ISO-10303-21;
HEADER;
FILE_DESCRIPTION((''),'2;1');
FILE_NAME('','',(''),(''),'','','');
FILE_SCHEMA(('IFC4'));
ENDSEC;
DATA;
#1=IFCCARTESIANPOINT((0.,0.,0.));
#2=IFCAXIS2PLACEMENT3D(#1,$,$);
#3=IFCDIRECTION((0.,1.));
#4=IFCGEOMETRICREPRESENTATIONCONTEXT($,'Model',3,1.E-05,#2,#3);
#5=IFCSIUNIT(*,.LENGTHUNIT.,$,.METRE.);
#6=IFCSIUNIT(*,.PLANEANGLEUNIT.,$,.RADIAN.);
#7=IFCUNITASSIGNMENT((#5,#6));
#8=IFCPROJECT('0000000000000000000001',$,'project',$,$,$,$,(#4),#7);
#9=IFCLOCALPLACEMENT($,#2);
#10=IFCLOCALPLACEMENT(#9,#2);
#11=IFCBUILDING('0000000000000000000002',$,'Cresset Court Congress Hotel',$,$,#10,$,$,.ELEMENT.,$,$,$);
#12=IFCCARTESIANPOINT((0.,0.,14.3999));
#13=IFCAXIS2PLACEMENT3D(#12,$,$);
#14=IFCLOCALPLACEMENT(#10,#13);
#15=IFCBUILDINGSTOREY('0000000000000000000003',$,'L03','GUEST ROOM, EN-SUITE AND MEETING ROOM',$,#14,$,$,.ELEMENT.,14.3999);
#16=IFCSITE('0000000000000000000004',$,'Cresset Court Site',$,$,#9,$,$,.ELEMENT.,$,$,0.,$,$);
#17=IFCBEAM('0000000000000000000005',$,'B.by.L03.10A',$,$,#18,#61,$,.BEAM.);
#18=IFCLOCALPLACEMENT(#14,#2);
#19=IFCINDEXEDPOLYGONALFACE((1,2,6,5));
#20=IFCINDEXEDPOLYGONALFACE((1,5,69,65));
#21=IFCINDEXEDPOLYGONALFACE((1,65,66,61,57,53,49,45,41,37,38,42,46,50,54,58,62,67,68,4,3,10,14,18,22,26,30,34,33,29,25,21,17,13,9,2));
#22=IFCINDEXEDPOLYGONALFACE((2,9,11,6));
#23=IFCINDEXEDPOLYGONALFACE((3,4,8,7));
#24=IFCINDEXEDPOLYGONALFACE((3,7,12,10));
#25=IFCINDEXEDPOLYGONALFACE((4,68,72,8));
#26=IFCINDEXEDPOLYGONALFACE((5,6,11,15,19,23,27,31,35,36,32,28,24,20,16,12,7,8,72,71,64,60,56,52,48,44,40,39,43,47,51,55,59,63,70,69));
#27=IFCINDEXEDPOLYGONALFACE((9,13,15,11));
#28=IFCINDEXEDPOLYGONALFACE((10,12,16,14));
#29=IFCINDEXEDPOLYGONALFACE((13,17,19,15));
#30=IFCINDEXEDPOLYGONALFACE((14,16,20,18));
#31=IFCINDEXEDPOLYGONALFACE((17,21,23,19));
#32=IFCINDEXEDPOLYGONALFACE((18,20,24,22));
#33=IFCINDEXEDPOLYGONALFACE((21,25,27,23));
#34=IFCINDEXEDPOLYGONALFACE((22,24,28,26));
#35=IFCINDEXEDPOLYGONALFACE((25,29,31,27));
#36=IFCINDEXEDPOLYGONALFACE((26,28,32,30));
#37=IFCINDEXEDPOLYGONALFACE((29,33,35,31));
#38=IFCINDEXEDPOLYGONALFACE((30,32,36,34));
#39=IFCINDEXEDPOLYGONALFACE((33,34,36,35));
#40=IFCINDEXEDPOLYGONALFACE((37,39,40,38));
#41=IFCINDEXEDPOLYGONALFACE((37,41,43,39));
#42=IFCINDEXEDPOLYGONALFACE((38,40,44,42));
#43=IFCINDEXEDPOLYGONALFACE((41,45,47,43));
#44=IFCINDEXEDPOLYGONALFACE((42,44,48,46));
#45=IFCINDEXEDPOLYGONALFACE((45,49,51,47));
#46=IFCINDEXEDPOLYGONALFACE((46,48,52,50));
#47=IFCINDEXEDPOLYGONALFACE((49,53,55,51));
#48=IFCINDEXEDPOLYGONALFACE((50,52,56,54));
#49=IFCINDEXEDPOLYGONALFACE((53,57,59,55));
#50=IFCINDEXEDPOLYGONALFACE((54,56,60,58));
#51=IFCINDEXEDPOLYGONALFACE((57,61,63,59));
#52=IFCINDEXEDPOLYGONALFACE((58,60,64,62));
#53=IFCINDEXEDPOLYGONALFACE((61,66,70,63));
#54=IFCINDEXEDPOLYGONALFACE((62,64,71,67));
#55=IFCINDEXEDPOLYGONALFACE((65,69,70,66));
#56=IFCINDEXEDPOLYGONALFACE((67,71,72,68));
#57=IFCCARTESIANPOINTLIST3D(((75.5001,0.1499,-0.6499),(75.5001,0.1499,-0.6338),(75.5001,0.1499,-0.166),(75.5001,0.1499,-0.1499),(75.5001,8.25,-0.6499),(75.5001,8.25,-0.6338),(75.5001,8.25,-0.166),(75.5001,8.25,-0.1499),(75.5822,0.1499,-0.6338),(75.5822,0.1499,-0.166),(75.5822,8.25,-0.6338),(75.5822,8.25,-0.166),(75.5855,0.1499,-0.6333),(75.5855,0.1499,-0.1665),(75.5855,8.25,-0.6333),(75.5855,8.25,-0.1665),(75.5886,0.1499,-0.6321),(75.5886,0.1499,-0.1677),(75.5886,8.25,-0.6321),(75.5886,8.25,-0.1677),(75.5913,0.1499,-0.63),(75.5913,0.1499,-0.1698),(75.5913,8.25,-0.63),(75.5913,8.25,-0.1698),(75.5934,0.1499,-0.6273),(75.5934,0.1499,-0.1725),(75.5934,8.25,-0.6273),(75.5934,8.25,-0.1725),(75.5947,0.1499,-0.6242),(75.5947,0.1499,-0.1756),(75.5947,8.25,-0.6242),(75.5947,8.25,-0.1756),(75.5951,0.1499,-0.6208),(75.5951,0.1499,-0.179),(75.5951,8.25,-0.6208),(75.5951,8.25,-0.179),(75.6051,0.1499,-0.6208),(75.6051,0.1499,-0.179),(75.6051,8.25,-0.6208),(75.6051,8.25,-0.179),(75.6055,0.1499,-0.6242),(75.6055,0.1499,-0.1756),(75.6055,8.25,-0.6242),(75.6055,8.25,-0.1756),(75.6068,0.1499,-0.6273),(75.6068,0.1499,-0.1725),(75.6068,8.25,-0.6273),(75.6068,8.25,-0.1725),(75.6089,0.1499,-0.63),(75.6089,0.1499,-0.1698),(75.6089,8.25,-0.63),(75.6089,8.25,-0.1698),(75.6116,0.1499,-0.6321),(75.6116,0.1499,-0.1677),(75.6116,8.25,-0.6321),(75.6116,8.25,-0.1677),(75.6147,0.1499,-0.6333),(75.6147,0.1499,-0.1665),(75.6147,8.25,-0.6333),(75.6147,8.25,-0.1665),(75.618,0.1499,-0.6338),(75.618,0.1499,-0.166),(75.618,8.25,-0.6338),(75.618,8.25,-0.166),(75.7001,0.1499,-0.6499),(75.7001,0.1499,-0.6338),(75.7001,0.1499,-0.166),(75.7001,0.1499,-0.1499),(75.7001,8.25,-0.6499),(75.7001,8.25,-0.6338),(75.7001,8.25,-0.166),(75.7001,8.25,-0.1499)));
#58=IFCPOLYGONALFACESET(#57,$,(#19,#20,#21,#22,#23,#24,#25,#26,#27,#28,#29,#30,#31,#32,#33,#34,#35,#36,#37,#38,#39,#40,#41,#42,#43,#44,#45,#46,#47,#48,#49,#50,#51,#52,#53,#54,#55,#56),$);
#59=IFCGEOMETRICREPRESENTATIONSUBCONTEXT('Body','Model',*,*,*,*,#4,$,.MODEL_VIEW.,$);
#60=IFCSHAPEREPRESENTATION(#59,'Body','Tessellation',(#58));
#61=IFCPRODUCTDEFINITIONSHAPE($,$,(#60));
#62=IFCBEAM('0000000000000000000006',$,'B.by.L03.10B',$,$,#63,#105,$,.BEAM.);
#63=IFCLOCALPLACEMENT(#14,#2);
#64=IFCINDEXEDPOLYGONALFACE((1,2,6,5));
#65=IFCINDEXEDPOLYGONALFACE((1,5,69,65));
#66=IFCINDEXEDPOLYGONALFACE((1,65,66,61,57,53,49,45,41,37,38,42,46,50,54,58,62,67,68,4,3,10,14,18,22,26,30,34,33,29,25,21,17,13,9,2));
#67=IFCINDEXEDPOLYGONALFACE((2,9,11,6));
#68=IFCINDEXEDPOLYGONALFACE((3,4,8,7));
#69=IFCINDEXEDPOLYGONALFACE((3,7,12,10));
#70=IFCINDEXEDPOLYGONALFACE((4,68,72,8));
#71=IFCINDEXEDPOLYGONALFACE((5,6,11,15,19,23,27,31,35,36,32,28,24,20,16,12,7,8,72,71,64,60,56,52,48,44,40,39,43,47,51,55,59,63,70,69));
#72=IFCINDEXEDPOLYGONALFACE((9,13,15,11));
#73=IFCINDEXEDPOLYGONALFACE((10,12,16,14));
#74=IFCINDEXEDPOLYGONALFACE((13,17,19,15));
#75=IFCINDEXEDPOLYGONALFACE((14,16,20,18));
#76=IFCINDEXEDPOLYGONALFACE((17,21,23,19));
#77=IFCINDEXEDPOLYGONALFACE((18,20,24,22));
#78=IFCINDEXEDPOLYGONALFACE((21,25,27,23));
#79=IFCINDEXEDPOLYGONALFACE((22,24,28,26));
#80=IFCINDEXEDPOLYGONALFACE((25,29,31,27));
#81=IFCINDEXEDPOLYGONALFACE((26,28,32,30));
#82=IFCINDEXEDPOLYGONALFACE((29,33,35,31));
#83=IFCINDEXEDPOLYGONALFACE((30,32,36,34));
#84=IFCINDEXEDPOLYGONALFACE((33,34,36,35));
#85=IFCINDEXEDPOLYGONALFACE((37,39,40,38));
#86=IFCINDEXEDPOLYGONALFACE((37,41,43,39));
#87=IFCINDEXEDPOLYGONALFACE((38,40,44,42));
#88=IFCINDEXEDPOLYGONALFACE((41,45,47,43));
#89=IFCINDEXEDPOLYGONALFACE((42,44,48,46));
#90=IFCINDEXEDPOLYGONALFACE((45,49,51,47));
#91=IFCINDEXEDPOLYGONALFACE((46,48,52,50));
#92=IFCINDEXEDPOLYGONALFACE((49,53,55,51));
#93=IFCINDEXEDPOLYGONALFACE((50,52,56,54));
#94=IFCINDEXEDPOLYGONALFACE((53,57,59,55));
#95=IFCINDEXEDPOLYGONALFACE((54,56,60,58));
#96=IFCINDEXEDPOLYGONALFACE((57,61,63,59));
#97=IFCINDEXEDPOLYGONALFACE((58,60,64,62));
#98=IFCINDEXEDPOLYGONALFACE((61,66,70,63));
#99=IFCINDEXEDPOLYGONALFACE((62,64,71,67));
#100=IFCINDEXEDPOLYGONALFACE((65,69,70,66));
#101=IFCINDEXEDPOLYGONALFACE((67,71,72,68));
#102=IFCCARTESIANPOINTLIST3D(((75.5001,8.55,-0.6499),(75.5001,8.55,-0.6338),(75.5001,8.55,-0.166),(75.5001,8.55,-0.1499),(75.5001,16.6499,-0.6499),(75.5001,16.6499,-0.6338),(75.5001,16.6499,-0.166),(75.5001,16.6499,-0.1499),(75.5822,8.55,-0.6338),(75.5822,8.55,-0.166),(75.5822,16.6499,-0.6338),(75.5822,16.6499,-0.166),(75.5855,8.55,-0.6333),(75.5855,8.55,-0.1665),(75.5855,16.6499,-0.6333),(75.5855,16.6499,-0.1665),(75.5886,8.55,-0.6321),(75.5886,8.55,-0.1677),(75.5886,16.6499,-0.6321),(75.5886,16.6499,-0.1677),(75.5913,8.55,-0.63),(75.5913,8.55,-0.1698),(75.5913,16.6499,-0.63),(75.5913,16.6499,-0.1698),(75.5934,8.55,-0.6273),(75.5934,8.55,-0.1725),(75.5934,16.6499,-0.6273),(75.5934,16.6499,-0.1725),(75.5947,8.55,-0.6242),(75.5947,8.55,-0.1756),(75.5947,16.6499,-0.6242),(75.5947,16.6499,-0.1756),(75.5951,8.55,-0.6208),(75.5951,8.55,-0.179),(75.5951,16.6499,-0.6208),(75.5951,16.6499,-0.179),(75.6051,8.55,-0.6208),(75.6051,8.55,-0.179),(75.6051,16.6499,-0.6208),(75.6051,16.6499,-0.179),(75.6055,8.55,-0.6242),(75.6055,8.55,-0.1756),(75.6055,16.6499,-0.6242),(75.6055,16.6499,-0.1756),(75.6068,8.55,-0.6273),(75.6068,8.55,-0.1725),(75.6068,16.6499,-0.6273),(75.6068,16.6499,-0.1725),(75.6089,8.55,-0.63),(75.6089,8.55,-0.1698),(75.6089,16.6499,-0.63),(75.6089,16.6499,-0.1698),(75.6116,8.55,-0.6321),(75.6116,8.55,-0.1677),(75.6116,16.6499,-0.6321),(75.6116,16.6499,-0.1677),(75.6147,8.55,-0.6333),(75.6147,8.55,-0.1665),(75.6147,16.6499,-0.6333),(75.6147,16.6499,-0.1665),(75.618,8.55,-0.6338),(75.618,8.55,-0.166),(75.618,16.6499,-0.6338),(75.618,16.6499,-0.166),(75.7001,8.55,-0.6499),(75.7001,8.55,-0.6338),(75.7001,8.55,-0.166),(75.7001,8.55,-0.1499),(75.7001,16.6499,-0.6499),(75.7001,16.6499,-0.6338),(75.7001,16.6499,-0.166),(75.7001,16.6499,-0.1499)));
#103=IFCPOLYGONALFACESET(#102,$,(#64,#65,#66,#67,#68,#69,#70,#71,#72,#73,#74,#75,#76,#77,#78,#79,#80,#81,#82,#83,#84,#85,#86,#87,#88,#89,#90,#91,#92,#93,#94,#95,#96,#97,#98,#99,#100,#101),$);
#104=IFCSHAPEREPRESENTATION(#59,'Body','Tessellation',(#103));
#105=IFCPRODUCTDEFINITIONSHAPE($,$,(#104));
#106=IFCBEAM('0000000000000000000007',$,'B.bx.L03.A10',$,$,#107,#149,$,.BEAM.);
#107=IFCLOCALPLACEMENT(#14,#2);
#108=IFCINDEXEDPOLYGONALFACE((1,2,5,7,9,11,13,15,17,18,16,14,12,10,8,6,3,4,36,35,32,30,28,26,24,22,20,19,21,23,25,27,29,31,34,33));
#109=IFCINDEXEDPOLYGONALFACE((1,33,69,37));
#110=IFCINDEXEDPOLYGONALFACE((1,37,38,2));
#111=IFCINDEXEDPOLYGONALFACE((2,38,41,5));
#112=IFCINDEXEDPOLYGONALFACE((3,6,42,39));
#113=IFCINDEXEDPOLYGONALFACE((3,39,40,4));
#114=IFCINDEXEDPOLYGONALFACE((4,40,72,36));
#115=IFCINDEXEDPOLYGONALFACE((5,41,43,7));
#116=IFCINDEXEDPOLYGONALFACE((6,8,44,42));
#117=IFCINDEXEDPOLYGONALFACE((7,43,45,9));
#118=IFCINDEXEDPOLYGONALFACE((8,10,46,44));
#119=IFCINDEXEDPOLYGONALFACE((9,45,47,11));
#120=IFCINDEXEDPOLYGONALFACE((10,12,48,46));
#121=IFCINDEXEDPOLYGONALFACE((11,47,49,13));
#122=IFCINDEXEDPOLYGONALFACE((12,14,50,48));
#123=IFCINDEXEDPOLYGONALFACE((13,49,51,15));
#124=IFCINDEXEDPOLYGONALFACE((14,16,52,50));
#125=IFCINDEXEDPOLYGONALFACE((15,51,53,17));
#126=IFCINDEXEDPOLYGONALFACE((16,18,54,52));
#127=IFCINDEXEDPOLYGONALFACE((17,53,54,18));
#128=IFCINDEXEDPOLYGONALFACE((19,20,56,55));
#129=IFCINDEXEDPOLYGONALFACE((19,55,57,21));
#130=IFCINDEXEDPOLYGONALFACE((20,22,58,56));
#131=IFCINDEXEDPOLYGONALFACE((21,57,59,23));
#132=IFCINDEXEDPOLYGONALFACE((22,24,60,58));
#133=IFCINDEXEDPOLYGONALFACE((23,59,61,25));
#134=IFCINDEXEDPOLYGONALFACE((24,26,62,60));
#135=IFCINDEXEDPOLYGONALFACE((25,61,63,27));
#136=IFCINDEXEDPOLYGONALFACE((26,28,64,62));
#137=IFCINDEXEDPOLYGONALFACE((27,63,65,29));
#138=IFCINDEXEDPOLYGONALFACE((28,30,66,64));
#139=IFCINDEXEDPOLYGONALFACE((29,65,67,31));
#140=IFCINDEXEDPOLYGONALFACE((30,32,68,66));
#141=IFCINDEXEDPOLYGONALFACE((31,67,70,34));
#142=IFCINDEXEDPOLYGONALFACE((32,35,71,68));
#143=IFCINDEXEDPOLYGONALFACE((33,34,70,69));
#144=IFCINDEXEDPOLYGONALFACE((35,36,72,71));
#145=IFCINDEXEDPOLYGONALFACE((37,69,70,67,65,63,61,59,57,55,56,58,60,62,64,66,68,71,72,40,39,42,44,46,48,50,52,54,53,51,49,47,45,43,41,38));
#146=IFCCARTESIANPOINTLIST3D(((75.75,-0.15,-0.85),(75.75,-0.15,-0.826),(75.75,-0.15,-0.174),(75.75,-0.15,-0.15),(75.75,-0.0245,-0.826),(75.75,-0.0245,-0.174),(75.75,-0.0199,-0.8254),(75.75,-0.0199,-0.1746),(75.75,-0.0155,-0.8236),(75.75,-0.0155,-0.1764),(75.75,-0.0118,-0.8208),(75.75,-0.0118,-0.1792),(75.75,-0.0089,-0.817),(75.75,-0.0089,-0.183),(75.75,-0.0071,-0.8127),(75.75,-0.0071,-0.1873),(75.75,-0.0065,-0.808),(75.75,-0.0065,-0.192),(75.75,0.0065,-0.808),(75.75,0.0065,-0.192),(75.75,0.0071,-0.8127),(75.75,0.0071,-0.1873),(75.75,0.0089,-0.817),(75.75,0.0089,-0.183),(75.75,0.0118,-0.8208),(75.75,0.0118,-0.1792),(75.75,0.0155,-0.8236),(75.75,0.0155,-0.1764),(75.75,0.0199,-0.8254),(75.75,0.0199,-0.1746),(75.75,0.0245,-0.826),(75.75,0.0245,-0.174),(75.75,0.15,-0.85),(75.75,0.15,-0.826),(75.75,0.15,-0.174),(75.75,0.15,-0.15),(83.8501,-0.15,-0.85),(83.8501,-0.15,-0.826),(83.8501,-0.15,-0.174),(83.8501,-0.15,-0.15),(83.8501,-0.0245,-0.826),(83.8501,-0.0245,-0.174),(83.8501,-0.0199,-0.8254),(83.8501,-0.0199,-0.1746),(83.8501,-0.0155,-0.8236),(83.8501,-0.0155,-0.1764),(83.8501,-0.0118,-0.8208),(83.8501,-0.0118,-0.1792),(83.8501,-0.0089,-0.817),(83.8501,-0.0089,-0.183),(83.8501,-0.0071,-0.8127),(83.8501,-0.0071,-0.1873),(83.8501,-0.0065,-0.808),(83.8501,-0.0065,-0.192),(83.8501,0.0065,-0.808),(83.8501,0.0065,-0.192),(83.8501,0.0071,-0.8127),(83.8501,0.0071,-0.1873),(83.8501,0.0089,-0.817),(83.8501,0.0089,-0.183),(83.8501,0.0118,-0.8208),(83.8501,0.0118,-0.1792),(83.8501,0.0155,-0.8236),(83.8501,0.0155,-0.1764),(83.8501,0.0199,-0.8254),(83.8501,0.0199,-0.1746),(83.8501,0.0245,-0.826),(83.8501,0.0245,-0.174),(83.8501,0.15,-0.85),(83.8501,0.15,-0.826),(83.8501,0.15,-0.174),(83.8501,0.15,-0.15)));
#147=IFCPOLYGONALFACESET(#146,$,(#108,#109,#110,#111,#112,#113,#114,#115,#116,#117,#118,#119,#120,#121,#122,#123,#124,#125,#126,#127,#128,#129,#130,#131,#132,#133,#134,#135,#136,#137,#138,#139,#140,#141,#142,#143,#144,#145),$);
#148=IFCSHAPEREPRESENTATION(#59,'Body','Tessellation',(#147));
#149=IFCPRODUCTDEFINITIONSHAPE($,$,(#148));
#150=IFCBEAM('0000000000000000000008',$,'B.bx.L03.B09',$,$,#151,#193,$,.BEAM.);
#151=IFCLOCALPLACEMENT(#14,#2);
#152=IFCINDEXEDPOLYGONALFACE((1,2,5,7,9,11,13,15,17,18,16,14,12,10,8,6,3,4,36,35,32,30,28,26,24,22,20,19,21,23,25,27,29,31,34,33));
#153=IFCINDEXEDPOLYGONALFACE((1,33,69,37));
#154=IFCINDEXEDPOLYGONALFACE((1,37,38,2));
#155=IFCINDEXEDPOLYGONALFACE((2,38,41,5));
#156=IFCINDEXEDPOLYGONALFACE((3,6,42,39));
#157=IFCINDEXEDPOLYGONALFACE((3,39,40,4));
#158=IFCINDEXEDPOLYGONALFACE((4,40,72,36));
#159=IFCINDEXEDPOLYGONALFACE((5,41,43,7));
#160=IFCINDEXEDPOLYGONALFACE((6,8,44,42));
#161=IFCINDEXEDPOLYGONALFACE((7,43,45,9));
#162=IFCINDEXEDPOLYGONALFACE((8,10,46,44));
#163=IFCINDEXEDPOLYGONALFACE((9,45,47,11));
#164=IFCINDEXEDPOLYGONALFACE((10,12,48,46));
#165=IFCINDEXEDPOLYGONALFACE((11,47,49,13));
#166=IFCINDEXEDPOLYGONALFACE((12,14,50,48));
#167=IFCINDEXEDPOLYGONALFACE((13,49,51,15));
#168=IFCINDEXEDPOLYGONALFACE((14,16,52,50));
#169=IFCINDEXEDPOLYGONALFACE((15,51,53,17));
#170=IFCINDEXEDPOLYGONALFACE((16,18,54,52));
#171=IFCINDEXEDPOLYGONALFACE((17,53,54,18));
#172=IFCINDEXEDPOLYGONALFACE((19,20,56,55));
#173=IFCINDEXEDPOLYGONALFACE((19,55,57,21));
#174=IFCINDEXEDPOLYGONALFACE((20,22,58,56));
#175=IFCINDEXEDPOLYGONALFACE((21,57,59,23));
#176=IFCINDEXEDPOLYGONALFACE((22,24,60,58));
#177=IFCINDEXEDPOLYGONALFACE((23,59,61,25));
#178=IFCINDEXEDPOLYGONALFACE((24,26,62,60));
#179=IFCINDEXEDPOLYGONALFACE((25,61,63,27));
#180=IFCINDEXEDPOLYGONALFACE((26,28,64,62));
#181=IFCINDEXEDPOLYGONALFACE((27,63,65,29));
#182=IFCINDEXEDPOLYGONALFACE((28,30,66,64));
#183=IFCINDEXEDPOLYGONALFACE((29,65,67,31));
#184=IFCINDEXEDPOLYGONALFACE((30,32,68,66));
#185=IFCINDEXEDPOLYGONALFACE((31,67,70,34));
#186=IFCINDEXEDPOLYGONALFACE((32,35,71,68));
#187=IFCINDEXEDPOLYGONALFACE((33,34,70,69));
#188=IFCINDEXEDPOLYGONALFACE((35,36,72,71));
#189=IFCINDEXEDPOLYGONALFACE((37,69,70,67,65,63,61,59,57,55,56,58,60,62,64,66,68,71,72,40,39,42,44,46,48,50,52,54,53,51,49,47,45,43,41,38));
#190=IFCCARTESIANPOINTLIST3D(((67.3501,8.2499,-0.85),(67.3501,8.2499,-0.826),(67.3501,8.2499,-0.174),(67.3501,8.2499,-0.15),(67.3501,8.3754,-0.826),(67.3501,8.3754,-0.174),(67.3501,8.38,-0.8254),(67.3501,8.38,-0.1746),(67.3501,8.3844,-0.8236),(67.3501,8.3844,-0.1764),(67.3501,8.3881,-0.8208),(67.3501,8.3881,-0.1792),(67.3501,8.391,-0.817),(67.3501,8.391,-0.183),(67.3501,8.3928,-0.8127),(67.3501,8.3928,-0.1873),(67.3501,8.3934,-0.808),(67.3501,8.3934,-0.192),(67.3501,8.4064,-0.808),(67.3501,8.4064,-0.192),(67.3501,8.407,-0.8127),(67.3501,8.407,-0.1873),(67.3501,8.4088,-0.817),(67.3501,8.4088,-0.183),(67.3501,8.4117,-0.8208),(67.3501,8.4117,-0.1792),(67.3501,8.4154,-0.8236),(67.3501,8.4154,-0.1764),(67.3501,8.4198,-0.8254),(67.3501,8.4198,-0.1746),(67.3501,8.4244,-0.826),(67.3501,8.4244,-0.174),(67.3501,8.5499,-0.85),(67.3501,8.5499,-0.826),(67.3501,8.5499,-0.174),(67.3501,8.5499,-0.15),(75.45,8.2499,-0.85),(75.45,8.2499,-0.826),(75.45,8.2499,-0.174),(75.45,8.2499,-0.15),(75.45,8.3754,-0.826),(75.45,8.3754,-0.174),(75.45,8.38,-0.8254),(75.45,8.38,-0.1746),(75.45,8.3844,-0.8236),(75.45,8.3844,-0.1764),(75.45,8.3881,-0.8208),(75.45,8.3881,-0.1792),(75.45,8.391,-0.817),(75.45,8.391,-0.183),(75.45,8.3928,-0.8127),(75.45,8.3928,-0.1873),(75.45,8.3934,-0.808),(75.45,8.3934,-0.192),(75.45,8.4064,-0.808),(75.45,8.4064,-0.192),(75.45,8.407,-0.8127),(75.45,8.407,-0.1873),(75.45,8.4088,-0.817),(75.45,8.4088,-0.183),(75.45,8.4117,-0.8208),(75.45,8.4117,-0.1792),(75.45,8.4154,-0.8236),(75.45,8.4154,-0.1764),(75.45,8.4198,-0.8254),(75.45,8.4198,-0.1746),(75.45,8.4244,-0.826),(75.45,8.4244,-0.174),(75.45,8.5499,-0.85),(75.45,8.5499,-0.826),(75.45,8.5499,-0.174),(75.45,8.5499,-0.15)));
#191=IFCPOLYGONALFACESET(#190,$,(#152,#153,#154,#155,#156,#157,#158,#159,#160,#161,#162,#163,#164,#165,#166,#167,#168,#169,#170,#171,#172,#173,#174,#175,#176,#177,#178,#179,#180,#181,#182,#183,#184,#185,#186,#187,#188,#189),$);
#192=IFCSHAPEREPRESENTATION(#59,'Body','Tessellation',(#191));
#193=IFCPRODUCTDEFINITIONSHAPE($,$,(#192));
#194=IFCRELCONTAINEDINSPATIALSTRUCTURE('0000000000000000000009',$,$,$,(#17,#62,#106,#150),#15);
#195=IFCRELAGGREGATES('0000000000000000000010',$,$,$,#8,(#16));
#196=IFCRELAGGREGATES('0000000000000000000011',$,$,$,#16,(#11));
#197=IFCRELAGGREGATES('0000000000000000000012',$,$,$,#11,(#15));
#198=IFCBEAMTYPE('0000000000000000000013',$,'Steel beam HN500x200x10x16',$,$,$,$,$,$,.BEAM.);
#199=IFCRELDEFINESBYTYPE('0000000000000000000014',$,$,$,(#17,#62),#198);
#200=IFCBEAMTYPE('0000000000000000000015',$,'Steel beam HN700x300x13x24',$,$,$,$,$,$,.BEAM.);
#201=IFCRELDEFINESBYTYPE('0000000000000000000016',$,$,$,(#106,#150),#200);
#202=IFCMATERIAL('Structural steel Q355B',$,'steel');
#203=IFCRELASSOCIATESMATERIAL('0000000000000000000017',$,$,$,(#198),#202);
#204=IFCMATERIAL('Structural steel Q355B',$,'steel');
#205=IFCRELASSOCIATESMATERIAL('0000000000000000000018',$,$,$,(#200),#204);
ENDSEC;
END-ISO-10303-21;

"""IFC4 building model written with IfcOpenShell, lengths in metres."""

from ifc_helpers import new_model, si_unit, direction, frame, origin, origin_2d, place, context, subcontext, project, spatial, i_section, extrude, material, material_profile, profile_set, type_object, element, save


model = new_model("IFC4")

# Units and contexts
model_context = context("Model", 3, precision=1e-05, world=origin(), true_north=direction((0.0, 1.0)))
body_context = subcontext(model_context, "Body", "Model", "MODEL_VIEW")
ifc_project = project(units=[si_unit("LENGTHUNIT", "METRE"), si_unit("PLANEANGLEUNIT", "RADIAN")], contexts=[model_context])

# Site, building, storey
site_placement = place(None, origin())
site = spatial("IfcSite", under=ifc_project, at=site_placement, Name="Cresset Court Site", CompositionType="ELEMENT", RefElevation=0.0)
building_placement = place(site_placement, origin())
building = spatial("IfcBuilding", under=site, at=building_placement, Name="Cresset Court Congress Hotel", CompositionType="ELEMENT")
storey_placement = place(building_placement, frame((0.0, 0.0, 14.3999)))
storey = spatial("IfcBuildingStorey", under=building, at=storey_placement, Name="L03", Description="GUEST ROOM, EN-SUITE AND MEETING ROOM", CompositionType="ELEMENT", Elevation=14.3999)

# Beams
ifc_material_1 = material(Name="Structural steel Q355B", Category="steel")
ifc_material_profile_1 = material_profile(ifc_material_1, i_section(OverallWidth=0.2, OverallDepth=0.5, WebThickness=0.01, FlangeThickness=0.0161, FilletRadius=0.0129, at=origin_2d()), Name="HN500x200x10x16")
ifc_profile_set_1 = profile_set([ifc_material_profile_1], Name="Structural steel Q355B")
beam_type_1 = type_object("IfcBeamType", Name="Steel beam HN500x200x10x16", PredefinedType="BEAM", material=ifc_profile_set_1)
beam_1_placement = place(storey_placement, frame((75.6001, 0.1499, -0.3999), z_axis=(0.0, 1.0, 0.0), x_axis=(-1.0, 0.0, 0.0)))
element("IfcBeam", 1, at=beam_1_placement, inside=storey, type_object=beam_type_1, Name="B.by.L03.10A", PredefinedType="BEAM", context=body_context, shape_type="SweptSolid", body=[
    extrude(i_section(OverallWidth=0.2, OverallDepth=0.5, WebThickness=0.01, FlangeThickness=0.0161, FilletRadius=0.0129, at=origin_2d()), origin(), (0.0, 0.0, 1.0), 8.1001),
])
beam_2_placement = place(storey_placement, frame((75.6001, 8.55, -0.3999), z_axis=(0.0, 1.0, 0.0), x_axis=(-1.0, 0.0, 0.0)))
element("IfcBeam", 2, at=beam_2_placement, inside=storey, type_object=beam_type_1, Name="B.by.L03.10B", PredefinedType="BEAM", context=body_context, shape_type="SweptSolid", body=[
    extrude(i_section(OverallWidth=0.2, OverallDepth=0.5, WebThickness=0.01, FlangeThickness=0.0161, FilletRadius=0.0129, at=origin_2d()), origin(), (0.0, 0.0, 1.0), 8.0999),
])
ifc_material_2 = material(Name="Structural steel Q355B", Category="steel")
ifc_material_profile_2 = material_profile(ifc_material_2, i_section(OverallWidth=0.3, OverallDepth=0.7, WebThickness=0.0129, FlangeThickness=0.0239, FilletRadius=0.0181, at=origin_2d()), Name="HN700x300x13x24")
ifc_profile_set_2 = profile_set([ifc_material_profile_2], Name="Structural steel Q355B")
beam_type_2 = type_object("IfcBeamType", Name="Steel beam HN700x300x13x24", PredefinedType="BEAM", material=ifc_profile_set_2)
beam_3_placement = place(storey_placement, frame((75.75, 0.0, -0.5), z_axis=(1.0, 0.0, 0.0), x_axis=(0.0, 1.0, 0.0)))
element("IfcBeam", 3, at=beam_3_placement, inside=storey, type_object=beam_type_2, Name="B.bx.L03.A10", PredefinedType="BEAM", context=body_context, shape_type="SweptSolid", body=[
    extrude(i_section(OverallWidth=0.3, OverallDepth=0.7, WebThickness=0.0129, FlangeThickness=0.0239, FilletRadius=0.0181, at=origin_2d()), origin(), (0.0, 0.0, 1.0), 8.1001),
])
beam_4_placement = place(storey_placement, frame((67.3501, 8.3999, -0.5), z_axis=(1.0, 0.0, 0.0), x_axis=(0.0, 1.0, 0.0)))
element("IfcBeam", 4, at=beam_4_placement, inside=storey, type_object=beam_type_2, Name="B.bx.L03.B09", PredefinedType="BEAM", context=body_context, shape_type="SweptSolid", body=[
    extrude(i_section(OverallWidth=0.3, OverallDepth=0.7, WebThickness=0.0129, FlangeThickness=0.0239, FilletRadius=0.0181, at=origin_2d()), origin(), (0.0, 0.0, 1.0), 8.0999),
])

save(model, "model.ifc")
